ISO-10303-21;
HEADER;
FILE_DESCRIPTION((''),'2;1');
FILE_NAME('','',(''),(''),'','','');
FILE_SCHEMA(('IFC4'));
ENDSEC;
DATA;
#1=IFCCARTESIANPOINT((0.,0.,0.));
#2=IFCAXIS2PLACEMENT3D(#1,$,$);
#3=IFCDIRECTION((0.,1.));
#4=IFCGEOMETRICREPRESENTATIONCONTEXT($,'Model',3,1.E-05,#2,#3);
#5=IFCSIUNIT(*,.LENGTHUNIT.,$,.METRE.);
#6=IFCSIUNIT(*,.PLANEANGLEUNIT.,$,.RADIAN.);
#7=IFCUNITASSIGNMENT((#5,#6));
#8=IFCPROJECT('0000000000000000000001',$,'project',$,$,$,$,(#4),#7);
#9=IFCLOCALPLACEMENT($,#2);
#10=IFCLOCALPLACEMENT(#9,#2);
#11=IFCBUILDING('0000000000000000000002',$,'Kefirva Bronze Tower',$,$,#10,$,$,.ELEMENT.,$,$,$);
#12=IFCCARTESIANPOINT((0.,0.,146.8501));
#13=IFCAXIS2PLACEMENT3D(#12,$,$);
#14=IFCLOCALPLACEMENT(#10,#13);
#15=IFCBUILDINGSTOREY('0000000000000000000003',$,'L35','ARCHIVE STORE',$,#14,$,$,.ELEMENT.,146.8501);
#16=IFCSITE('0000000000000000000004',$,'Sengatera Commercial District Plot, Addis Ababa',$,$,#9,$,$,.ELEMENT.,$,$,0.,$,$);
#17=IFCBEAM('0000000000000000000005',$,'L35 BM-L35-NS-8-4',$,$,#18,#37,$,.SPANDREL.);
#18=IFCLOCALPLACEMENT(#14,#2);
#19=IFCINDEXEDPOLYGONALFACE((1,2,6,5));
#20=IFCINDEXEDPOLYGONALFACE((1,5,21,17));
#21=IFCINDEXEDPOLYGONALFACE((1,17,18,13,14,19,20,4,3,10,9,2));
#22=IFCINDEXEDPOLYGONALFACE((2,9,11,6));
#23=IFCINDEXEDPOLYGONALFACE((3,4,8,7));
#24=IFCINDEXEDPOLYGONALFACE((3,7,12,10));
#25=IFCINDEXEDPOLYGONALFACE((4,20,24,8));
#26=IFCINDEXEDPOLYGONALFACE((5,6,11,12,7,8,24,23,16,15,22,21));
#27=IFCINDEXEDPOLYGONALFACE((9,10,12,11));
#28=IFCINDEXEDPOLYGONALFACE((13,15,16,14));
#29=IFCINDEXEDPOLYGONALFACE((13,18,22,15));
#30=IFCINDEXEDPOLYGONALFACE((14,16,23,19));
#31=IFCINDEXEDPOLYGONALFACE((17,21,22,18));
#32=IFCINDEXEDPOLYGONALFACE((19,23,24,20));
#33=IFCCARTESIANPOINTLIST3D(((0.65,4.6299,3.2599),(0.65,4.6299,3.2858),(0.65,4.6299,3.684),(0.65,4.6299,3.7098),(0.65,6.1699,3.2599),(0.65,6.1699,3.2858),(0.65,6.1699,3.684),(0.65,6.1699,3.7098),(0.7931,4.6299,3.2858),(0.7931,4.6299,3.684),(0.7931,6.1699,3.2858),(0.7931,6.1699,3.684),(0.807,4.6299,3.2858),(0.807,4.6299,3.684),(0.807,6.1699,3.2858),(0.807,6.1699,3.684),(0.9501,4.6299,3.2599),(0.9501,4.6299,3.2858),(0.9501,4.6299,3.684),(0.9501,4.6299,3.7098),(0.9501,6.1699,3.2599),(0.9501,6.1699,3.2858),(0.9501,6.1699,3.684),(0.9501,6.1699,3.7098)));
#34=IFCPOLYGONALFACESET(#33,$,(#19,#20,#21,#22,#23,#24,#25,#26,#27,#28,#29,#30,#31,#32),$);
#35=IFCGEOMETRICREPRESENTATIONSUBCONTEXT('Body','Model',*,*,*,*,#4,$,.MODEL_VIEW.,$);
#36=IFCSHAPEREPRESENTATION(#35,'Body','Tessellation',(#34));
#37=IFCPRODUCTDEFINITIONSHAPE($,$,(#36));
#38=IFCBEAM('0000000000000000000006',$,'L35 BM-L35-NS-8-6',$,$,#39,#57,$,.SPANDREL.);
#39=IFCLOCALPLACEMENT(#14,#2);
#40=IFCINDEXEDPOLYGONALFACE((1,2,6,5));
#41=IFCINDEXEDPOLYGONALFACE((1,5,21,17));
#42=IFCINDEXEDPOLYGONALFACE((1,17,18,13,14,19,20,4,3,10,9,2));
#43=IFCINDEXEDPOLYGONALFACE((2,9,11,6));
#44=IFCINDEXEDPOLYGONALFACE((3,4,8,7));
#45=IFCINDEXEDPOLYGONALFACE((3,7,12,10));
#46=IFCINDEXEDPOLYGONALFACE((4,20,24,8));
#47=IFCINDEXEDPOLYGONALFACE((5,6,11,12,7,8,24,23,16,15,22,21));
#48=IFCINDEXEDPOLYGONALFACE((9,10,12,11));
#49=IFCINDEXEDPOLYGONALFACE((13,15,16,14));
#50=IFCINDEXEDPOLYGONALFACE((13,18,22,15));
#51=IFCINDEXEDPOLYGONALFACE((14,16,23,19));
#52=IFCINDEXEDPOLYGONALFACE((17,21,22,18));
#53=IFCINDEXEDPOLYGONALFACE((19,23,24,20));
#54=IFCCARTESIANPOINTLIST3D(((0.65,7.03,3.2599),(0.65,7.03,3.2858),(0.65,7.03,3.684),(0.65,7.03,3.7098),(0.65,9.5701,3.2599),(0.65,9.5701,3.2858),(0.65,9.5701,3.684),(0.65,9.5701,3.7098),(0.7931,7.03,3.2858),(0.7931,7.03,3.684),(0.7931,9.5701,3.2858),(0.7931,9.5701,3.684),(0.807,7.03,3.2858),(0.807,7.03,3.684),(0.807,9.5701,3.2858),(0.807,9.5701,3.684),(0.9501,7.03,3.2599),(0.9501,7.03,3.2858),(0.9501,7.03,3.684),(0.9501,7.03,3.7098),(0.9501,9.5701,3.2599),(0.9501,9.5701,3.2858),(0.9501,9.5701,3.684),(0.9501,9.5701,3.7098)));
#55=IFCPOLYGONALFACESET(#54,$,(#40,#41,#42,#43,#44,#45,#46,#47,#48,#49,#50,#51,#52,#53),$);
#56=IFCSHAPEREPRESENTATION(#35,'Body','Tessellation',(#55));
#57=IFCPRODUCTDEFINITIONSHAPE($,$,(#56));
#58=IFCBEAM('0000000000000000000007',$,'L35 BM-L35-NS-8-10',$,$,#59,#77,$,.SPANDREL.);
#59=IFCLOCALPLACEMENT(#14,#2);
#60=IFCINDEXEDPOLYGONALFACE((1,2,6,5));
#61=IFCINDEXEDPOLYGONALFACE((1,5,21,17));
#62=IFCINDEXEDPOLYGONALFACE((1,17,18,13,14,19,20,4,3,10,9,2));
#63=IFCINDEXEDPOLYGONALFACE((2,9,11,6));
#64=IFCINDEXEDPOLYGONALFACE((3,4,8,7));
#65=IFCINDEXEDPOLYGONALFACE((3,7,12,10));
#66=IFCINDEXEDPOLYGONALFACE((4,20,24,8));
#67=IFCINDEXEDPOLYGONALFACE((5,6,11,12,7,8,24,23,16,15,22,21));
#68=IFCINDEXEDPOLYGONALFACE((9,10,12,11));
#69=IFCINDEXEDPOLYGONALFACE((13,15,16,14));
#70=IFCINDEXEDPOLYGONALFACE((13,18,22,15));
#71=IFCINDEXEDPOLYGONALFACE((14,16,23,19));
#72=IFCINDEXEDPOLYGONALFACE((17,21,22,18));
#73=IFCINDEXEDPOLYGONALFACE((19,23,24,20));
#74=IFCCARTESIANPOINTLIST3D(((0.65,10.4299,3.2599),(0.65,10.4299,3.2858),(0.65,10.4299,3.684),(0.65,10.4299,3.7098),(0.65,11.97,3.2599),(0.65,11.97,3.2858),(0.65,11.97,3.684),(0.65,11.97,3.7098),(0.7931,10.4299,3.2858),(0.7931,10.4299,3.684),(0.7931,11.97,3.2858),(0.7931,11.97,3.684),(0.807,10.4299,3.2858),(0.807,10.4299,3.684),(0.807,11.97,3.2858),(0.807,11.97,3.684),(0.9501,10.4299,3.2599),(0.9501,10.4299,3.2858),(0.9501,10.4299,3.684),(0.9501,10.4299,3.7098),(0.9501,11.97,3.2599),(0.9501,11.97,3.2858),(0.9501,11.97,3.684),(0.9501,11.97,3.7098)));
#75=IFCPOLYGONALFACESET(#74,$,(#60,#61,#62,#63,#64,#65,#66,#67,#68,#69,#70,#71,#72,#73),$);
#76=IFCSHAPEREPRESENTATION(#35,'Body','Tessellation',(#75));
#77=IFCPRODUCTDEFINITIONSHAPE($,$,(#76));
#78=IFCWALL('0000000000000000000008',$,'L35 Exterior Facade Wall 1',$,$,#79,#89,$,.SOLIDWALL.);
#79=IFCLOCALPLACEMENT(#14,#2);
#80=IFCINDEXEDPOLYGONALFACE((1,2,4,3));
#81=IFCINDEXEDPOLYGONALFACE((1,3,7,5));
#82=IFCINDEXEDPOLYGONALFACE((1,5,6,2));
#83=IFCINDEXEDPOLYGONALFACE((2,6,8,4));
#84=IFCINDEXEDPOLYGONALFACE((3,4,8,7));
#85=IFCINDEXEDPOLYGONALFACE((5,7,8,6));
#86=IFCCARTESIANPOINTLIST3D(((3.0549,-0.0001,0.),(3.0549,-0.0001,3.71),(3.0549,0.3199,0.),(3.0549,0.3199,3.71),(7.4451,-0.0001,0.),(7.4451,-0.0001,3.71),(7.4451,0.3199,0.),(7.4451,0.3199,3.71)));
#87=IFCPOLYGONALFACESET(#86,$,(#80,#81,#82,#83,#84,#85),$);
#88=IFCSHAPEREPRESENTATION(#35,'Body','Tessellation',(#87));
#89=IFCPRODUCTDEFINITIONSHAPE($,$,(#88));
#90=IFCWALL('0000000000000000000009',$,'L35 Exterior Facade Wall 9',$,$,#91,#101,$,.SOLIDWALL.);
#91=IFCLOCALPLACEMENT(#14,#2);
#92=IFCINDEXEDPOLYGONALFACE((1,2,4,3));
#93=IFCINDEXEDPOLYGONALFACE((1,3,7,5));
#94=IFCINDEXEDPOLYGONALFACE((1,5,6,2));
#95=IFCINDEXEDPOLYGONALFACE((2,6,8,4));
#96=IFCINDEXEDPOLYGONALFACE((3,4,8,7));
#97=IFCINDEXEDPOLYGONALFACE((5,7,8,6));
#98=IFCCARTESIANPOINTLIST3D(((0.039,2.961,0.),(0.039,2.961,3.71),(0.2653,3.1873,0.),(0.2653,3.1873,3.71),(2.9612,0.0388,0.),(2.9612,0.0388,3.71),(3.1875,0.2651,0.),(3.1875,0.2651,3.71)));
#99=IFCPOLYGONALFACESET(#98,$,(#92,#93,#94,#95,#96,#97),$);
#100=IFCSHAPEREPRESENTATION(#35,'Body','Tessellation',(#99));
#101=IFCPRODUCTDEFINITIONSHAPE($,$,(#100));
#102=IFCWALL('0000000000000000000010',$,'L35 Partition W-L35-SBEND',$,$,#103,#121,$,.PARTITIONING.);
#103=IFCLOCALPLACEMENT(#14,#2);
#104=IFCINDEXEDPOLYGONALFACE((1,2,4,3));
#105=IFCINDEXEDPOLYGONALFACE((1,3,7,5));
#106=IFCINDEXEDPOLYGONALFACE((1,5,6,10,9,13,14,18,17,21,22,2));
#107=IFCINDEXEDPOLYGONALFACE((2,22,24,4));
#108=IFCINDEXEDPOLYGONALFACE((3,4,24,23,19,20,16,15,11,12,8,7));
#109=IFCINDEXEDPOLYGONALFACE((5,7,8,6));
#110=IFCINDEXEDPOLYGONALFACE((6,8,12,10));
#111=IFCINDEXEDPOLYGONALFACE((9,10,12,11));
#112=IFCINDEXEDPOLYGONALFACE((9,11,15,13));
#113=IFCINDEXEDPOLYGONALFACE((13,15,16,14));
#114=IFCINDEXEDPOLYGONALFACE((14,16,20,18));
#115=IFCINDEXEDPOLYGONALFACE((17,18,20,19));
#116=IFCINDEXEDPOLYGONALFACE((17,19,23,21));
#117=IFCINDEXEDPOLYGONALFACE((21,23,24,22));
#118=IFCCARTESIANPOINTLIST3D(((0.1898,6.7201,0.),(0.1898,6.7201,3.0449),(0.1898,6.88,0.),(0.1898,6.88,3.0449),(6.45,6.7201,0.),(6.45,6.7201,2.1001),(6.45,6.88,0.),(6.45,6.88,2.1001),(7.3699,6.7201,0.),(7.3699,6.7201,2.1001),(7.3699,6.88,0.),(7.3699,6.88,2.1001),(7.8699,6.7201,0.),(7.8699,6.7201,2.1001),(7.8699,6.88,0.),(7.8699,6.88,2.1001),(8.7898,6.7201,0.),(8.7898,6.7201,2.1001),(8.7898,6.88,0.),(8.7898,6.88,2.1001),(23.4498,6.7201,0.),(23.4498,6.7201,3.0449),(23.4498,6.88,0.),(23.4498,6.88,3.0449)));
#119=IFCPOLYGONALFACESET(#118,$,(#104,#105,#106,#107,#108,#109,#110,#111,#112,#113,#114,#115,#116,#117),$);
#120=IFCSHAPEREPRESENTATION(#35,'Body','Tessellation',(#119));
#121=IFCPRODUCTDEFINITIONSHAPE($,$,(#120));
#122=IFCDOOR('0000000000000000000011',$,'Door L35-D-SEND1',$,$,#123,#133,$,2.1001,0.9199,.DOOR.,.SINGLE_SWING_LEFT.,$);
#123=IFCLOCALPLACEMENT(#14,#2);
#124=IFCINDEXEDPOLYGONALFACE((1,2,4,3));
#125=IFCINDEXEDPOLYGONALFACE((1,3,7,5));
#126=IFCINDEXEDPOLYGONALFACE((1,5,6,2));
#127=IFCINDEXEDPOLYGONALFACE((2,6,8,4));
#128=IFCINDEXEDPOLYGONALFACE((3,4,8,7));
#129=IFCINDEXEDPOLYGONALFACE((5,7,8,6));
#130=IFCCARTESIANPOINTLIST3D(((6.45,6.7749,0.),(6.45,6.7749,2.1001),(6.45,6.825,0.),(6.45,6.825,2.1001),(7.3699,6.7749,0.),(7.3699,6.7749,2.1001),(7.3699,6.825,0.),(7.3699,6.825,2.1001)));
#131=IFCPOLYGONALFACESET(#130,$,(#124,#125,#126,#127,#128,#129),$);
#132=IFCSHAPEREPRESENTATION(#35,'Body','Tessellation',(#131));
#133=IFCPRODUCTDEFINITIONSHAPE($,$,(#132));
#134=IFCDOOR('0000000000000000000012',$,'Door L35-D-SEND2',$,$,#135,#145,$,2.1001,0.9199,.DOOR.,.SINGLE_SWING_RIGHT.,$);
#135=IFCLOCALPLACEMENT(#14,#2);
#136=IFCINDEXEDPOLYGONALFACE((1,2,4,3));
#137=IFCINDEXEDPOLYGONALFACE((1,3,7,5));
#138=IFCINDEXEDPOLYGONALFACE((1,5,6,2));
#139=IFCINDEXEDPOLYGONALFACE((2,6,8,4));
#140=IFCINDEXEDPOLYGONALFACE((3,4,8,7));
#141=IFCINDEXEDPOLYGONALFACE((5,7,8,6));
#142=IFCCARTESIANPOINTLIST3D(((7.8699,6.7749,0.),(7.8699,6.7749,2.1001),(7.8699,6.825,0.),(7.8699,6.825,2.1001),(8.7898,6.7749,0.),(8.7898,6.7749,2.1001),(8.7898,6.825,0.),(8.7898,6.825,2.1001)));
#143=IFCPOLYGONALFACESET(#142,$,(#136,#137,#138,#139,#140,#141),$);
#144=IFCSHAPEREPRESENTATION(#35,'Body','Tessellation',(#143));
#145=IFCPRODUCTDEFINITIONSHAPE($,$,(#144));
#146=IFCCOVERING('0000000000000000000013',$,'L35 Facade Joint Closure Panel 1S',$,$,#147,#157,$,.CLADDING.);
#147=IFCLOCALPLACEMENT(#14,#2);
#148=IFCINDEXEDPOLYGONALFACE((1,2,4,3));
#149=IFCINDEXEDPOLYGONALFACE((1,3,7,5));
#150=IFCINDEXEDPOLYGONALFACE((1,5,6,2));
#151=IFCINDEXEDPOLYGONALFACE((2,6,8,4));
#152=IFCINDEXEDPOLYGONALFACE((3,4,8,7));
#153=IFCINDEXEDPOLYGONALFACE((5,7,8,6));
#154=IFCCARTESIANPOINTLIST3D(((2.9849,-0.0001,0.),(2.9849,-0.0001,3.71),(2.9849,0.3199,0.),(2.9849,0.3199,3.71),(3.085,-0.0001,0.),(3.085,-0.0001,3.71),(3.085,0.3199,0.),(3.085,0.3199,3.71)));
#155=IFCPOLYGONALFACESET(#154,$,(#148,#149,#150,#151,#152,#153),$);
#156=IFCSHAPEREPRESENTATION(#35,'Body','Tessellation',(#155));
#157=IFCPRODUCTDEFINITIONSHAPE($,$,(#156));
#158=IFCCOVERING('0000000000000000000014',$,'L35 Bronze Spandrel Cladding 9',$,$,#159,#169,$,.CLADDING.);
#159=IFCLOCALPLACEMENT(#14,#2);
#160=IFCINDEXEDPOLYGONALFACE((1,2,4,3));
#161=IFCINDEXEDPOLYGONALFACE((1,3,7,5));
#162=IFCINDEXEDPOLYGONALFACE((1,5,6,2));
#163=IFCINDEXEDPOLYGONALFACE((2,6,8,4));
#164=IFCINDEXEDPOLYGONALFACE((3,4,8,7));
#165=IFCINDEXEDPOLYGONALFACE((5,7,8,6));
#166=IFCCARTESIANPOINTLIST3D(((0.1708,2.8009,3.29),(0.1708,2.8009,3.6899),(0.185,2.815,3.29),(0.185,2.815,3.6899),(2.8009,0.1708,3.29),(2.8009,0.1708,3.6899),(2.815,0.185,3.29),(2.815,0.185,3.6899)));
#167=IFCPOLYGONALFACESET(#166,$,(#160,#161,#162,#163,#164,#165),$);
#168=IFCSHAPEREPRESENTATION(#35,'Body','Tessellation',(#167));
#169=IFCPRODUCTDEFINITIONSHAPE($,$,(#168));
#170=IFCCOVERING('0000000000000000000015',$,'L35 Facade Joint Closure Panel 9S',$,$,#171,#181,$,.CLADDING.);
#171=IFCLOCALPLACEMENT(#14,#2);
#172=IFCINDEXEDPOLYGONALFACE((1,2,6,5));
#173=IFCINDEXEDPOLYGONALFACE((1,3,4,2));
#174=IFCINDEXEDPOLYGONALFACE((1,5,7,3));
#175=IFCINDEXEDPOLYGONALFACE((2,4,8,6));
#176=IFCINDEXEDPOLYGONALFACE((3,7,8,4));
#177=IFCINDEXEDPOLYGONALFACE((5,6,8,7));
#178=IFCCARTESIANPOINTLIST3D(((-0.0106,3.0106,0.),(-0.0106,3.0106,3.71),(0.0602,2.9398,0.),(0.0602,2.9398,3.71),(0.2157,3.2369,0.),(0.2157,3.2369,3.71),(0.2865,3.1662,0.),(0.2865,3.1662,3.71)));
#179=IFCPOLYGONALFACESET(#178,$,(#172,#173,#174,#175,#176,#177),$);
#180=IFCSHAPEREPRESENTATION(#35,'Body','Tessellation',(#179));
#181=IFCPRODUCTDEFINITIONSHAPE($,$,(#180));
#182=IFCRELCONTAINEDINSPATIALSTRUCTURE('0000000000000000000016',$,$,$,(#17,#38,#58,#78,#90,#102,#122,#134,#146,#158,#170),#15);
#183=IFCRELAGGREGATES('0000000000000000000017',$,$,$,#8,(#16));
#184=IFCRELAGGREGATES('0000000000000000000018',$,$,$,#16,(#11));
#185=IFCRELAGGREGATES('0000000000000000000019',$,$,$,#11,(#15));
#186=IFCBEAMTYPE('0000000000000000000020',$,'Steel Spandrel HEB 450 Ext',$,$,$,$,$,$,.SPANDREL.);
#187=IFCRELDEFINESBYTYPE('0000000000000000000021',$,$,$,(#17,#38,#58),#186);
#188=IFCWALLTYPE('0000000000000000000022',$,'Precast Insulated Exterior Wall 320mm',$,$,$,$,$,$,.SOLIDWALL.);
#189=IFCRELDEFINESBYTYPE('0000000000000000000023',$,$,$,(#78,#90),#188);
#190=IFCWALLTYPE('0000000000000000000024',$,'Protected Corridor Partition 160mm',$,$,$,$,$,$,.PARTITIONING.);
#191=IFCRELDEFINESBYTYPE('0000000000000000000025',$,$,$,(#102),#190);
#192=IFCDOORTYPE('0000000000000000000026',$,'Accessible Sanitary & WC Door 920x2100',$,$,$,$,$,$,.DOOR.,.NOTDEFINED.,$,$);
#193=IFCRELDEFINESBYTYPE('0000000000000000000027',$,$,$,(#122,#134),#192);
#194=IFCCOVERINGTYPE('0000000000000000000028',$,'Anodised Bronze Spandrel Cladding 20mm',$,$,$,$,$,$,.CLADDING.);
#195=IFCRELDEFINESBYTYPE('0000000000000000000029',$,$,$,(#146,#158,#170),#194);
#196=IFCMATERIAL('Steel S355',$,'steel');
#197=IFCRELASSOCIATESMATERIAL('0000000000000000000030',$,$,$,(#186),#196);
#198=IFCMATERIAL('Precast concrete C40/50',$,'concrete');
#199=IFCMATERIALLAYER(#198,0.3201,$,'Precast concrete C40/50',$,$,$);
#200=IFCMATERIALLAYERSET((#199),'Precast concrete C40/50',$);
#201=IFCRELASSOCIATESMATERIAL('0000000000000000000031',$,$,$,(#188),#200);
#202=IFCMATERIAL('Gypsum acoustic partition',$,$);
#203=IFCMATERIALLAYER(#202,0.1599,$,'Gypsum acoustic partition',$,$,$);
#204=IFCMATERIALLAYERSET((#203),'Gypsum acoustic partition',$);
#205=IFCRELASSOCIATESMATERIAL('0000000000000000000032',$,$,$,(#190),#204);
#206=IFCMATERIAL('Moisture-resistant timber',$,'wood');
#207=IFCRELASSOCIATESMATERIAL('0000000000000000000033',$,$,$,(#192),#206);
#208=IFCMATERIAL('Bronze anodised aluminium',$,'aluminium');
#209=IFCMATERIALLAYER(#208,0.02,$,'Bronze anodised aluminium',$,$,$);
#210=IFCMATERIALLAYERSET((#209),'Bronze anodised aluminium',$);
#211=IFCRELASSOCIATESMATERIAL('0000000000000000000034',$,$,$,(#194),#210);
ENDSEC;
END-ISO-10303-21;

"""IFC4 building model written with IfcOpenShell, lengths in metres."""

from ifc_helpers import new_model, si_unit, direction, frame, frame_2d, origin, origin_2d, place, context, subcontext, project, spatial, rectangle, i_section, extrude, material, layer, layer_set, material_profile, profile_set, type_object, element, fill, save


model = new_model("IFC4")

# Units and contexts
model_context = context("Model", 3, precision=1e-05, world=origin(), true_north=direction((0.0, 1.0)))
body_context = subcontext(model_context, "Body", "Model", "MODEL_VIEW")
ifc_project = project(units=[si_unit("LENGTHUNIT", "METRE"), si_unit("PLANEANGLEUNIT", "RADIAN")], contexts=[model_context])

# Site, building, storey
site_placement = place(None, origin())
site = spatial("IfcSite", under=ifc_project, at=site_placement, Name="Sengatera Commercial District Plot, Addis Ababa", CompositionType="ELEMENT", RefElevation=0.0)
building_placement = place(site_placement, origin())
building = spatial("IfcBuilding", under=site, at=building_placement, Name="Kefirva Bronze Tower", CompositionType="ELEMENT")
storey_placement = place(building_placement, frame((0.0, 0.0, 146.8501)))
storey = spatial("IfcBuildingStorey", under=building, at=storey_placement, Name="L35", Description="ARCHIVE STORE", CompositionType="ELEMENT", Elevation=146.8501)

# Shared definitions
ifc_material_1 = material(Name="Bronze anodised aluminium", Category="aluminium")

# Beams
ifc_material_2 = material(Name="Steel S355", Category="steel")
ifc_material_profile_1 = material_profile(ifc_material_2, i_section(OverallWidth=0.3, OverallDepth=0.45, WebThickness=0.0139, FlangeThickness=0.0259, at=origin_2d()), Name="HEB 450")
ifc_profile_set_1 = profile_set([ifc_material_profile_1], Name="Steel S355")
beam_type_1 = type_object("IfcBeamType", Name="Steel Spandrel HEB 450 Ext", PredefinedType="SPANDREL", material=ifc_profile_set_1)
beam_1_placement = place(storey_placement, frame((0.8, 4.6299, 3.4849), z_axis=(0.0, 1.0, 0.0), x_axis=(-1.0, 0.0, 0.0)))
element("IfcBeam", 1, at=beam_1_placement, inside=storey, type_object=beam_type_1, Name="L35 BM-L35-NS-8-4", PredefinedType="SPANDREL", context=body_context, shape_type="SweptSolid", body=[
    extrude(i_section(OverallWidth=0.3, OverallDepth=0.45, WebThickness=0.0139, FlangeThickness=0.0259, at=origin_2d()), origin(), (0.0, 0.0, 1.0), 1.54),
])
beam_2_placement = place(storey_placement, frame((0.8, 7.03, 3.4849), z_axis=(0.0, 1.0, 0.0), x_axis=(-1.0, 0.0, 0.0)))
element("IfcBeam", 2, at=beam_2_placement, inside=storey, type_object=beam_type_1, Name="L35 BM-L35-NS-8-6", PredefinedType="SPANDREL", context=body_context, shape_type="SweptSolid", body=[
    extrude(i_section(OverallWidth=0.3, OverallDepth=0.45, WebThickness=0.0139, FlangeThickness=0.0259, at=origin_2d()), origin(), (0.0, 0.0, 1.0), 2.54),
])
beam_3_placement = place(storey_placement, frame((0.8, 10.4299, 3.4849), z_axis=(0.0, 1.0, 0.0), x_axis=(-1.0, 0.0, 0.0)))
element("IfcBeam", 3, at=beam_3_placement, inside=storey, type_object=beam_type_1, Name="L35 BM-L35-NS-8-10", PredefinedType="SPANDREL", context=body_context, shape_type="SweptSolid", body=[
    extrude(i_section(OverallWidth=0.3, OverallDepth=0.45, WebThickness=0.0139, FlangeThickness=0.0259, at=origin_2d()), origin(), (0.0, 0.0, 1.0), 1.54),
])

# Walls
ifc_material_3 = material(Name="Precast concrete C40/50", Category="concrete")
ifc_layer_1 = layer(ifc_material_3, 0.3201, Name="Precast concrete C40/50")
ifc_layer_set_1 = layer_set([ifc_layer_1], Name="Precast concrete C40/50")
wall_type_1 = type_object("IfcWallType", Name="Precast Insulated Exterior Wall 320mm", PredefinedType="SOLIDWALL", material=ifc_layer_set_1)
wall_1_placement = place(storey_placement, frame((3.0549, 0.1599, 0.0), z_axis=(0.0, 0.0, 1.0), x_axis=(1.0, 0.0, 0.0)))
element("IfcWall", 4, at=wall_1_placement, inside=storey, type_object=wall_type_1, Name="L35 Exterior Facade Wall 1", PredefinedType="SOLIDWALL", context=body_context, shape_type="SweptSolid", body=[
    extrude(rectangle(XDim=4.3901, YDim=0.3201, at=frame_2d((2.1951, 0.0))), origin(), (0.0, 0.0, 1.0), 3.71),
])
wall_2_placement = place(storey_placement, frame((0.1521, 3.0742, 0.0), z_axis=(0.0, 0.0, 1.0), x_axis=(0.707107, -0.707107, 0.0)))
element("IfcWall", 5, at=wall_2_placement, inside=storey, type_object=wall_type_1, Name="L35 Exterior Facade Wall 9", PredefinedType="SOLIDWALL", context=body_context, shape_type="SweptSolid", body=[
    extrude(rectangle(XDim=4.1326, YDim=0.3201, at=frame_2d((2.0664, 0.0))), origin(), (0.0, 0.0, 1.0), 3.71),
])

# Wall, openings, doors
ifc_material_4 = material(Name="Gypsum acoustic partition")
ifc_layer_2 = layer(ifc_material_4, 0.1599, Name="Gypsum acoustic partition")
ifc_layer_set_2 = layer_set([ifc_layer_2], Name="Gypsum acoustic partition")
wall_type_2 = type_object("IfcWallType", Name="Protected Corridor Partition 160mm", PredefinedType="PARTITIONING", material=ifc_layer_set_2)
wall_3_placement = place(storey_placement, frame((0.1899, 6.8, 0.0), z_axis=(0.0, 0.0, 1.0), x_axis=(1.0, 0.0, 0.0)))
wall_3 = element("IfcWall", 6, at=wall_3_placement, inside=storey, type_object=wall_type_2, Name="L35 Partition W-L35-SBEND", PredefinedType="PARTITIONING", context=body_context, shape_type="SweptSolid", body=[
    extrude(rectangle(XDim=23.26, YDim=0.1599, at=frame_2d((11.6299, 0.0))), origin(), (0.0, 0.0, 1.0), 3.0449),
])
opening_1_placement = place(wall_3_placement, frame((6.26, 0.0, 0.0)))
opening_1 = element("IfcOpeningElement", 7, at=opening_1_placement, cuts=wall_3, PredefinedType="OPENING", context=body_context, shape_type="SweptSolid", body=[
    extrude(rectangle(XDim=0.9199, YDim=2.1001, at=frame_2d((0.46, 1.05))), frame((0.0, 0.0898, 0.0), z_axis=(0.0, -1.0, 0.0), x_axis=(1.0, 0.0, 0.0)), (0.0, 0.0, 1.0), 0.1799),
])
opening_2_placement = place(wall_3_placement, frame((7.6799, 0.0, 0.0)))
opening_2 = element("IfcOpeningElement", 8, at=opening_2_placement, cuts=wall_3, PredefinedType="OPENING", context=body_context, shape_type="SweptSolid", body=[
    extrude(rectangle(XDim=0.9199, YDim=2.1001, at=frame_2d((0.46, 1.05))), frame((0.0, 0.0898, 0.0), z_axis=(0.0, -1.0, 0.0), x_axis=(1.0, 0.0, 0.0)), (0.0, 0.0, 1.0), 0.1799),
])
ifc_material_5 = material(Name="Moisture-resistant timber", Category="wood")
door_type = type_object("IfcDoorType", Name="Accessible Sanitary & WC Door 920x2100", OperationType="NOTDEFINED", PredefinedType="DOOR", material=ifc_material_5)
door_1_placement = place(opening_1_placement, origin())
door_1 = element("IfcDoor", 9, at=door_1_placement, inside=storey, type_object=door_type, Name="Door L35-D-SEND1", OperationType="SINGLE_SWING_LEFT", OverallHeight=2.1001, OverallWidth=0.9199, PredefinedType="DOOR", context=body_context, shape_type="SweptSolid", body=[
    extrude(rectangle(XDim=0.9199, YDim=2.1001, at=frame_2d((0.46, 1.05))), frame((0.0, 0.0249, 0.0), z_axis=(0.0, -1.0, 0.0), x_axis=(1.0, 0.0, 0.0)), (0.0, 0.0, 1.0), 0.05),
])
fill(opening_1, door_1)
door_2_placement = place(opening_2_placement, origin())
door_2 = element("IfcDoor", 10, at=door_2_placement, inside=storey, type_object=door_type, Name="Door L35-D-SEND2", OperationType="SINGLE_SWING_RIGHT", OverallHeight=2.1001, OverallWidth=0.9199, PredefinedType="DOOR", context=body_context, shape_type="SweptSolid", body=[
    extrude(rectangle(XDim=0.9199, YDim=2.1001, at=frame_2d((0.46, 1.05))), frame((0.0, 0.0249, 0.0), z_axis=(0.0, -1.0, 0.0), x_axis=(1.0, 0.0, 0.0)), (0.0, 0.0, 1.0), 0.05),
])
fill(opening_2, door_2)

# Coverings
ifc_layer_3 = layer(ifc_material_1, 0.02, Name="Bronze anodised aluminium")
ifc_layer_set_3 = layer_set([ifc_layer_3], Name="Bronze anodised aluminium")
covering_type_1 = type_object("IfcCoveringType", Name="Anodised Bronze Spandrel Cladding 20mm", PredefinedType="CLADDING", material=ifc_layer_set_3)
covering_1_placement = place(storey_placement, frame((3.0349, 0.1599, 0.0), z_axis=(0.0, 0.0, 1.0), x_axis=(1.0, 0.0, 0.0)))
element("IfcCovering", 11, at=covering_1_placement, inside=storey, type_object=covering_type_1, Name="L35 Facade Joint Closure Panel 1S", PredefinedType="CLADDING", context=body_context, shape_type="SweptSolid", body=[
    extrude(rectangle(XDim=0.1001, YDim=0.3201, at=origin_2d()), origin(), (0.0, 0.0, 1.0), 3.71),
])
covering_2_placement = place(storey_placement, frame((1.4929, 1.4929, 3.29), z_axis=(0.0, 0.0, 1.0), x_axis=(0.707107, -0.707107, 0.0)))
element("IfcCovering", 12, at=covering_2_placement, inside=storey, type_object=covering_type_1, Name="L35 Bronze Spandrel Cladding 9", PredefinedType="CLADDING", context=body_context, shape_type="SweptSolid", body=[
    extrude(rectangle(XDim=3.7195, YDim=0.02, at=origin_2d()), origin(), (0.0, 0.0, 1.0), 0.3999),
])
covering_3_placement = place(storey_placement, frame((0.1379, 3.0884, 0.0), z_axis=(0.0, 0.0, 1.0), x_axis=(0.707107, -0.707107, 0.0)))
element("IfcCovering", 13, at=covering_3_placement, inside=storey, type_object=covering_type_1, Name="L35 Facade Joint Closure Panel 9S", PredefinedType="CLADDING", context=body_context, shape_type="SweptSolid", body=[
    extrude(rectangle(XDim=0.1001, YDim=0.3201, at=origin_2d()), origin(), (0.0, 0.0, 1.0), 3.71),
])

save(model, "model.ifc")
